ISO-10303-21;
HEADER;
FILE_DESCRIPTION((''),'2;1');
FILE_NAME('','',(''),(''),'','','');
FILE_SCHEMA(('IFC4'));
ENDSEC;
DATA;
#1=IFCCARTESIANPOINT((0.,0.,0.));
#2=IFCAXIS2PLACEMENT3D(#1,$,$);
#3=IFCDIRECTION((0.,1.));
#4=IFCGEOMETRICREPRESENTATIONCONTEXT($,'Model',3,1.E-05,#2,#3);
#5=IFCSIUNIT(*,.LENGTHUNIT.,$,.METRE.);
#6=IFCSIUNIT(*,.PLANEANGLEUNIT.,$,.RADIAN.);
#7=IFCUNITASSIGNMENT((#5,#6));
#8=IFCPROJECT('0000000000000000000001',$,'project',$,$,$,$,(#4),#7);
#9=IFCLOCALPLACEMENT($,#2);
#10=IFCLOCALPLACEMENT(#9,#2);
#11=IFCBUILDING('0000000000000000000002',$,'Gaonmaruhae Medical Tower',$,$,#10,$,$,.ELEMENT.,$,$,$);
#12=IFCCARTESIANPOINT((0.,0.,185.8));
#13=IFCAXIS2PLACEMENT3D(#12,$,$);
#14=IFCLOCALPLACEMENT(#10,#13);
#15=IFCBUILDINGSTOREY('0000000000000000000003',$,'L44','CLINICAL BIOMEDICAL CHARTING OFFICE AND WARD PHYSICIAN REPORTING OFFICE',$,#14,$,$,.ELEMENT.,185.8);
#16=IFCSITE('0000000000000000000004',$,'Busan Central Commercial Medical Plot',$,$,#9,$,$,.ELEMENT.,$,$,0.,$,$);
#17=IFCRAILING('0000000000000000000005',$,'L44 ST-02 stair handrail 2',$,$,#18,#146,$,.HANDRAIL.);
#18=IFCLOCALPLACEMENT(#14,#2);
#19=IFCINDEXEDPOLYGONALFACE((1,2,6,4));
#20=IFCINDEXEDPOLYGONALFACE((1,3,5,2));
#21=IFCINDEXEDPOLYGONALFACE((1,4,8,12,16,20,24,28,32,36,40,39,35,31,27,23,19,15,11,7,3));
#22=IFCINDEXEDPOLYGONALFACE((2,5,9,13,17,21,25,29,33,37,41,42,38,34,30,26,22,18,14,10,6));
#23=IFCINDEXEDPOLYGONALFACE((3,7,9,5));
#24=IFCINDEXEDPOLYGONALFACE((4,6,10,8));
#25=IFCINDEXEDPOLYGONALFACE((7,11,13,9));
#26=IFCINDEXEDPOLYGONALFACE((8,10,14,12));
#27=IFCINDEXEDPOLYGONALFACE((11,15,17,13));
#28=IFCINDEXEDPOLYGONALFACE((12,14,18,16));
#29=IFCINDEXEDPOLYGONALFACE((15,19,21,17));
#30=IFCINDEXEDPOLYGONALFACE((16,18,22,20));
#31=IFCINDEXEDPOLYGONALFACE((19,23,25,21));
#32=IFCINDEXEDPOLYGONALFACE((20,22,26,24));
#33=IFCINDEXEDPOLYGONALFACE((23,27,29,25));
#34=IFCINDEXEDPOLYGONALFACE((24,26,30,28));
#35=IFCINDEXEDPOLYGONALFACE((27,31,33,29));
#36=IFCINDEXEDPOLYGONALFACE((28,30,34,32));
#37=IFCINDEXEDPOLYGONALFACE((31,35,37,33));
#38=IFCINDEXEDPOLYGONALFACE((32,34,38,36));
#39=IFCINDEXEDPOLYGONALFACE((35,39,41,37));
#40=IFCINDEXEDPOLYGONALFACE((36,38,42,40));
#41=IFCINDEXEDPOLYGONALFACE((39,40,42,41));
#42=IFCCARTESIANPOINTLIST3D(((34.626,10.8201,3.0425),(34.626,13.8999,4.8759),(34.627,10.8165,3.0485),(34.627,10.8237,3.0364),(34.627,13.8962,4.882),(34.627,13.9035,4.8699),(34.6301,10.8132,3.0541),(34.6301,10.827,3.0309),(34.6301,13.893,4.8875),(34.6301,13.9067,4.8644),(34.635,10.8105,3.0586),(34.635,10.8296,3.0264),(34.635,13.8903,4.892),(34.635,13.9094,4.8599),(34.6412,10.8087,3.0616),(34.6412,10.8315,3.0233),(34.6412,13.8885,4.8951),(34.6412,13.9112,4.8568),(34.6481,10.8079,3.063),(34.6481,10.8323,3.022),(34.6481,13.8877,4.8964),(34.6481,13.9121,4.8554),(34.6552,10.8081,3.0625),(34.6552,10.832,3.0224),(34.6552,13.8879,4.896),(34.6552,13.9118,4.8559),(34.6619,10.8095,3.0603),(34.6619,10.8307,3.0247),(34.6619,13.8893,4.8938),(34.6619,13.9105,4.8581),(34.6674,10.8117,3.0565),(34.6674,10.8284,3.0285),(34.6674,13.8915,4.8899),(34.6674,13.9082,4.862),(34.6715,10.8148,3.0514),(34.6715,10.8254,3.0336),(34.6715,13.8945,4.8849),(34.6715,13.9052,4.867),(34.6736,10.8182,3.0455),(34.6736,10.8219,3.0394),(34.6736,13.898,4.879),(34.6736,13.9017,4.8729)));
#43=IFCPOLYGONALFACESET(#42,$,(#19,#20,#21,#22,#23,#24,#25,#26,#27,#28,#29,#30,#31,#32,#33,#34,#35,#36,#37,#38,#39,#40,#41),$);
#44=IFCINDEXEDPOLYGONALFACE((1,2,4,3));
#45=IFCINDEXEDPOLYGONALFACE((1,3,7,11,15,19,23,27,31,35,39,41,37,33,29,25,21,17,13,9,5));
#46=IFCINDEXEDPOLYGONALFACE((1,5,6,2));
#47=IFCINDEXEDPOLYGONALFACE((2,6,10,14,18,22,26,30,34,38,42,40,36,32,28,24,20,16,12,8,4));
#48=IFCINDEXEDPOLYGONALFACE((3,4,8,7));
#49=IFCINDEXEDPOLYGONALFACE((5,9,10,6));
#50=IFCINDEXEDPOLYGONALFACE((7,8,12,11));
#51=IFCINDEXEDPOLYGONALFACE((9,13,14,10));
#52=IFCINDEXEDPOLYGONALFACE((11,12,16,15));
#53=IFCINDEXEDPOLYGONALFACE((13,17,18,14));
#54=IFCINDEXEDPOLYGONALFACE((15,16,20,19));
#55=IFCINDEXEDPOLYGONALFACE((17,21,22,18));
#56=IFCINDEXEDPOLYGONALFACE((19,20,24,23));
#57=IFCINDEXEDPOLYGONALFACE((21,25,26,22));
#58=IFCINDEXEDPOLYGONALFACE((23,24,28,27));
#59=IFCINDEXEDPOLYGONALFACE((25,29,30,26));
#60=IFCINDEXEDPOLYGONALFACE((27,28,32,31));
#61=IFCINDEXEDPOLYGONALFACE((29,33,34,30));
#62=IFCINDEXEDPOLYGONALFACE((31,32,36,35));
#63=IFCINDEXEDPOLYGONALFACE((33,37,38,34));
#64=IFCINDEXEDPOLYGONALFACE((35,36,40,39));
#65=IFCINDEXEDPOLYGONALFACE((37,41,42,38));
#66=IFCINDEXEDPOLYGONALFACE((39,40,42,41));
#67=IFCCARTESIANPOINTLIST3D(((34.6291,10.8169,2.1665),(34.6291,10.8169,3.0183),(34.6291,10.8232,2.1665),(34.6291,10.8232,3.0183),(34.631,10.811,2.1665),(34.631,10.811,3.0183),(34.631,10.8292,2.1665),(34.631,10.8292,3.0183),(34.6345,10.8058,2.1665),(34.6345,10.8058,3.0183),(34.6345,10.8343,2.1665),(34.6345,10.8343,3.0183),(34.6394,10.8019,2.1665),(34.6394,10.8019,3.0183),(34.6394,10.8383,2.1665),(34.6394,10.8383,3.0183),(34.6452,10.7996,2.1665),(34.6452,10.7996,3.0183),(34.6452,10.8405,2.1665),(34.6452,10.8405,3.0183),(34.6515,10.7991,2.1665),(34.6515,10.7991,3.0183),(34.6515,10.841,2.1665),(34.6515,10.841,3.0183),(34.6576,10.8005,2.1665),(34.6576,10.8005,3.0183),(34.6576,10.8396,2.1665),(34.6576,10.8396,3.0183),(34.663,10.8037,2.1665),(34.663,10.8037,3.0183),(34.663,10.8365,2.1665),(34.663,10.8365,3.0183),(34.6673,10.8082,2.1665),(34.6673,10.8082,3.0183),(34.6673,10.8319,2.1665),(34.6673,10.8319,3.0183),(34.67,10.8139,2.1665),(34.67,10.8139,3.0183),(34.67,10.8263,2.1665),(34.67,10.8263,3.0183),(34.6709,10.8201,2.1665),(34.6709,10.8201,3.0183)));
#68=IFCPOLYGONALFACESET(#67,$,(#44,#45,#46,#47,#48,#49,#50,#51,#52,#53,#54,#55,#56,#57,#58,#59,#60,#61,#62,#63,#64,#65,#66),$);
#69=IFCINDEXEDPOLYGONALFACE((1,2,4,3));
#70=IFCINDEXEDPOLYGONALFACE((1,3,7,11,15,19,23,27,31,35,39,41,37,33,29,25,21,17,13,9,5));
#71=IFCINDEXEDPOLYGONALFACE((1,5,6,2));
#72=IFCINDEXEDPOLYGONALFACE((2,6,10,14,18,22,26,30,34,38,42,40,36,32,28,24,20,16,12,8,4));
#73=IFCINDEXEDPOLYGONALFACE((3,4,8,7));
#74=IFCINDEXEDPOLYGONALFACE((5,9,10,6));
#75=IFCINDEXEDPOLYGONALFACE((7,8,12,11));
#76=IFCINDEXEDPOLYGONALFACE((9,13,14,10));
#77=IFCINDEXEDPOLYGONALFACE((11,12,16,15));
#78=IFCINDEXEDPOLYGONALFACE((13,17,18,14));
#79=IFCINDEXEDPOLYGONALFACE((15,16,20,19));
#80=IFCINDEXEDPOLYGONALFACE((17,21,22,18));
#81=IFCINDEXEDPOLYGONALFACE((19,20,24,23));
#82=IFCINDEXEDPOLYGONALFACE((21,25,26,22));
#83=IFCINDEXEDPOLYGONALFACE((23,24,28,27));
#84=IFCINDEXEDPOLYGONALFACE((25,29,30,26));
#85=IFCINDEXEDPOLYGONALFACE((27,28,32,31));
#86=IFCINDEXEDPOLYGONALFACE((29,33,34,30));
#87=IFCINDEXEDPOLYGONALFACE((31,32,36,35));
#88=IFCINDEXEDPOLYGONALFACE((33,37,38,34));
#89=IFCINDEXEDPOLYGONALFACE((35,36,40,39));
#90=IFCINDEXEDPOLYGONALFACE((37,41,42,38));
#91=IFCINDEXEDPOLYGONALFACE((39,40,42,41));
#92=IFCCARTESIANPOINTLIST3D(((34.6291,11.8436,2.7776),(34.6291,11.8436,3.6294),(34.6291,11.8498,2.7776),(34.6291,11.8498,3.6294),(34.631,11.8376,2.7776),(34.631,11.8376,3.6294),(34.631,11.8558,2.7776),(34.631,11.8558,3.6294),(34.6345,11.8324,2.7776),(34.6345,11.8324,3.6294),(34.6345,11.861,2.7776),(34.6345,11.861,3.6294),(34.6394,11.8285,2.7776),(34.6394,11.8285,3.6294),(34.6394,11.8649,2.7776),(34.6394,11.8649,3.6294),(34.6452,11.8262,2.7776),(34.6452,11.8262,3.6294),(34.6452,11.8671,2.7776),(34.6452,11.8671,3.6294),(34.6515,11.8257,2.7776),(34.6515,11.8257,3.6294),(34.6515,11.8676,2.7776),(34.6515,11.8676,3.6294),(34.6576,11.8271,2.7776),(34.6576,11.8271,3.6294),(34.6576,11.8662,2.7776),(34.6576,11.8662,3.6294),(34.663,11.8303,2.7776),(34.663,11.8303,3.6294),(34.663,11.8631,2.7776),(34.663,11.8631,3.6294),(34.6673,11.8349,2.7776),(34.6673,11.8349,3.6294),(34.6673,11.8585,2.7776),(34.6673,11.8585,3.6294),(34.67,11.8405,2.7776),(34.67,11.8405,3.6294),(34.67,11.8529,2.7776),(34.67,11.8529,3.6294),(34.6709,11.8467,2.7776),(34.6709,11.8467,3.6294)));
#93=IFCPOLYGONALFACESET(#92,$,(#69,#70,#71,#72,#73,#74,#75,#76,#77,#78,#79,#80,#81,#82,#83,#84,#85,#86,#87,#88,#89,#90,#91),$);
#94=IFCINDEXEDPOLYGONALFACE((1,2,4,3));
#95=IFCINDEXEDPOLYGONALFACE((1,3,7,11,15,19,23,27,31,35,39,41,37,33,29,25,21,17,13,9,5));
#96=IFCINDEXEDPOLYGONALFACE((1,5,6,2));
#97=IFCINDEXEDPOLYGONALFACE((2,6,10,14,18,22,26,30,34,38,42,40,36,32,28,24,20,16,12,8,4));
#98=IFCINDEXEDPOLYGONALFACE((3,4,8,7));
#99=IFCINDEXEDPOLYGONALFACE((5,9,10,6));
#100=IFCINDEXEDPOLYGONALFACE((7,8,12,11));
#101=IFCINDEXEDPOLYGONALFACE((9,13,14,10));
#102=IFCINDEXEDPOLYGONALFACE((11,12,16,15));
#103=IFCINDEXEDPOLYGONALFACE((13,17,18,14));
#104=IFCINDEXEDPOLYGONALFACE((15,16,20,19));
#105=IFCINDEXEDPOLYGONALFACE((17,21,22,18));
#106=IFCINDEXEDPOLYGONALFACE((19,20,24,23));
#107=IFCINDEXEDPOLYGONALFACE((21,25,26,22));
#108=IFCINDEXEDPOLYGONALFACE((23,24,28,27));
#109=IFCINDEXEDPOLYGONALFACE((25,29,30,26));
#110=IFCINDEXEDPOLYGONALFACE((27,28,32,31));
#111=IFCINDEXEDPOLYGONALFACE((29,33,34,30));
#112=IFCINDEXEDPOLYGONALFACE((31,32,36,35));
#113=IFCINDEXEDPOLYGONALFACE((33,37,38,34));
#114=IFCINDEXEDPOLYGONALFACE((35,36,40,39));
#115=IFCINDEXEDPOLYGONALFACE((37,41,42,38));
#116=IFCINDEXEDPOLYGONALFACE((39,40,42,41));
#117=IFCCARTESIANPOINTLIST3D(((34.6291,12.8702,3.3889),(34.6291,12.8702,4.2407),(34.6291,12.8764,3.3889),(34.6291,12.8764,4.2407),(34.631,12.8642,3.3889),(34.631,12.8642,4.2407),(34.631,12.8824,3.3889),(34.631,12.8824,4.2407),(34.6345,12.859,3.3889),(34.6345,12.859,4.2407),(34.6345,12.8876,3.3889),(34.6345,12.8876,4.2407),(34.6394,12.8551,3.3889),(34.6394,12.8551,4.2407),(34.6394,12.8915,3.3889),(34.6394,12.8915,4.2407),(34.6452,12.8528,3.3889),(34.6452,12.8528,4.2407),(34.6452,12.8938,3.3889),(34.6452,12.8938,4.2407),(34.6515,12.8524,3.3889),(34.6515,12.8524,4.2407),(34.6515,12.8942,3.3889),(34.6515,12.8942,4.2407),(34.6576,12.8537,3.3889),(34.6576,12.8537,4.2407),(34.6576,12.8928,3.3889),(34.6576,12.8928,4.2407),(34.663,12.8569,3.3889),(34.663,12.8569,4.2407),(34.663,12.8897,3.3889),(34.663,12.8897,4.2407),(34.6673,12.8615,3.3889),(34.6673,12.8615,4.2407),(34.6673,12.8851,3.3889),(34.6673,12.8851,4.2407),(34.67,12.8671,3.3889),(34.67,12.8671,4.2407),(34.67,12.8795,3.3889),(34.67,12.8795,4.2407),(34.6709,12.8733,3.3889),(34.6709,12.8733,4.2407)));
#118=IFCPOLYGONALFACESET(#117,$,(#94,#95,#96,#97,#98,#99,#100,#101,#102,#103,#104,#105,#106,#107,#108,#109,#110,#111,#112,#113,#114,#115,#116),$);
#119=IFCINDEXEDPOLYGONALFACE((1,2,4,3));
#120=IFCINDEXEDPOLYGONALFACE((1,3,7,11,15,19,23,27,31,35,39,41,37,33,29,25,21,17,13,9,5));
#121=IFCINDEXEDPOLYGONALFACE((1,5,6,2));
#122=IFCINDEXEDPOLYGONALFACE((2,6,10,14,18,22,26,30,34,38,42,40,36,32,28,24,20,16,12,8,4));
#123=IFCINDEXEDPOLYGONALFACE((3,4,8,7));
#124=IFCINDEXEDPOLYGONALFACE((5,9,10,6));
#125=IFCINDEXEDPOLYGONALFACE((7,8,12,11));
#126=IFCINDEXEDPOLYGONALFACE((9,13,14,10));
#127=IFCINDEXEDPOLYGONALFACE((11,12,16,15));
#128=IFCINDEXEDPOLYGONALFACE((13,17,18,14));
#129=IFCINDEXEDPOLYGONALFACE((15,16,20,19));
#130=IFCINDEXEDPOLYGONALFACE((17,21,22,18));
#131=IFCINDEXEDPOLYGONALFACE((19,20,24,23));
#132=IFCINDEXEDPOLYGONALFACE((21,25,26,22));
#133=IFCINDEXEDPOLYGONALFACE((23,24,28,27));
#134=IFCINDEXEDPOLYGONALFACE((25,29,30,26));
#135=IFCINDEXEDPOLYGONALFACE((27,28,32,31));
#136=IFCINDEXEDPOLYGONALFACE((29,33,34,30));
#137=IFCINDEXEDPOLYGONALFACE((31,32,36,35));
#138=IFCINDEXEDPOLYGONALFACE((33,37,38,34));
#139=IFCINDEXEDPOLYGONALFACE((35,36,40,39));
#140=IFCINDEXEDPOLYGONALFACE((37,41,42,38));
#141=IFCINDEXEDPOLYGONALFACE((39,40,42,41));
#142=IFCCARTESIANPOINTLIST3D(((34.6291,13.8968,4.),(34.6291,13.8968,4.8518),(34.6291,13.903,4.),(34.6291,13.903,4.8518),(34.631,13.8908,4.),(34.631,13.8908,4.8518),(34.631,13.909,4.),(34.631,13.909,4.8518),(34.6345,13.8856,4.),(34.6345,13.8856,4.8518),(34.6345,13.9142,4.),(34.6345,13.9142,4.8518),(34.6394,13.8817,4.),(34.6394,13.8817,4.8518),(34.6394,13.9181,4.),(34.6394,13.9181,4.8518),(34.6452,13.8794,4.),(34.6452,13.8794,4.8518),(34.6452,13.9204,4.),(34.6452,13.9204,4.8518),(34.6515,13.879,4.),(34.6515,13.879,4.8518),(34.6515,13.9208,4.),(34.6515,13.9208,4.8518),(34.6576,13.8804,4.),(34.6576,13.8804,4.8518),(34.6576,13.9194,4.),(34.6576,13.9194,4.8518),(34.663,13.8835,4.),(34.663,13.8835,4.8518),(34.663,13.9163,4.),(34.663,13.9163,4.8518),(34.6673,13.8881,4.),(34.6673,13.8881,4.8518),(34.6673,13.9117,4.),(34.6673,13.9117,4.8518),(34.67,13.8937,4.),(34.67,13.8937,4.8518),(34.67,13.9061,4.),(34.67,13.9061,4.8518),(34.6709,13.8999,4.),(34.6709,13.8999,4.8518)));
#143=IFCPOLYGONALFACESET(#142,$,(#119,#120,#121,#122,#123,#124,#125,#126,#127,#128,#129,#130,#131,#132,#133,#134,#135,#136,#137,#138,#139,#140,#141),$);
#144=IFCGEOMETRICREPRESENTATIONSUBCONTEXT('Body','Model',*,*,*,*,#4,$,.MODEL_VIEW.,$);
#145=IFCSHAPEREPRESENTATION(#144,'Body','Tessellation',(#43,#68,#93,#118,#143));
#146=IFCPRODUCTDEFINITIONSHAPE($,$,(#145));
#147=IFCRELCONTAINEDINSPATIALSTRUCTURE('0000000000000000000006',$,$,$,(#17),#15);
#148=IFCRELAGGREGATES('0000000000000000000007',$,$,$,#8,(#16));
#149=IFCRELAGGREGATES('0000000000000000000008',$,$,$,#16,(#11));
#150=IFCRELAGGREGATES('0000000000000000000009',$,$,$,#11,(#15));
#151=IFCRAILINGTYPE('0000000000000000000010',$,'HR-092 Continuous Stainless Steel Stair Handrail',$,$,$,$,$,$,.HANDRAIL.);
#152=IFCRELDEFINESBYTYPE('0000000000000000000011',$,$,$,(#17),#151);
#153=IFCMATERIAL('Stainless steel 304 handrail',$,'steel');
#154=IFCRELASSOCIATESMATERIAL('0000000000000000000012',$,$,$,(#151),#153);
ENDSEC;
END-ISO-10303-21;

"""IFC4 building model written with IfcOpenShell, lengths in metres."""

from ifc_helpers import new_model, si_unit, direction, frame, origin, origin_2d, place, context, subcontext, project, spatial, circle, extrude, material, type_object, element, save


model = new_model("IFC4")

# Units and contexts
model_context = context("Model", 3, precision=1e-05, world=origin(), true_north=direction((0.0, 1.0)))
body_context = subcontext(model_context, "Body", "Model", "MODEL_VIEW")
ifc_project = project(units=[si_unit("LENGTHUNIT", "METRE"), si_unit("PLANEANGLEUNIT", "RADIAN")], contexts=[model_context])

# Site, building, storey
site_placement = place(None, origin())
site = spatial("IfcSite", under=ifc_project, at=site_placement, Name="Busan Central Commercial Medical Plot", CompositionType="ELEMENT", RefElevation=0.0)
building_placement = place(site_placement, origin())
building = spatial("IfcBuilding", under=site, at=building_placement, Name="Gaonmaruhae Medical Tower", CompositionType="ELEMENT")
storey_placement = place(building_placement, frame((0.0, 0.0, 185.8)))
storey = spatial("IfcBuildingStorey", under=building, at=storey_placement, Name="L44", Description="CLINICAL BIOMEDICAL CHARTING OFFICE AND WARD PHYSICIAN REPORTING OFFICE", CompositionType="ELEMENT", Elevation=185.8)

# Railing
ifc_material_1 = material(Name="Stainless steel 304 handrail", Category="steel")
railing_type_1 = type_object("IfcRailingType", Name="HR-092 Continuous Stainless Steel Stair Handrail", PredefinedType="HANDRAIL", material=ifc_material_1)
railing_1_placement = place(storey_placement, frame((34.6499, 10.8201, 2.1665)))
element("IfcRailing", 1, at=railing_1_placement, inside=storey, type_object=railing_type_1, Name="L44 ST-02 stair handrail 2", PredefinedType="HANDRAIL", context=body_context, shape_type="SweptSolid", body=[
    extrude(circle(Radius=0.0239, at=origin_2d()), frame((0.0, 0.0, 0.876), z_axis=(0.0, 0.859261, 0.511538), x_axis=(-1.0, 0.0, 0.0)), (0.0, 0.0, 1.0), 3.5842),
    extrude(circle(Radius=0.021, at=origin_2d()), origin(), (0.0, 0.0, 1.0), 0.8518),
    extrude(circle(Radius=0.021, at=origin_2d()), frame((0.0, 1.0266, 0.6111)), (0.0, 0.0, 1.0), 0.8518),
    extrude(circle(Radius=0.021, at=origin_2d()), frame((0.0, 2.0532, 1.2224)), (0.0, 0.0, 1.0), 0.8518),
    extrude(circle(Radius=0.021, at=origin_2d()), frame((0.0, 3.0798, 1.8335)), (0.0, 0.0, 1.0), 0.8518),
])

save(model, "model.ifc")
